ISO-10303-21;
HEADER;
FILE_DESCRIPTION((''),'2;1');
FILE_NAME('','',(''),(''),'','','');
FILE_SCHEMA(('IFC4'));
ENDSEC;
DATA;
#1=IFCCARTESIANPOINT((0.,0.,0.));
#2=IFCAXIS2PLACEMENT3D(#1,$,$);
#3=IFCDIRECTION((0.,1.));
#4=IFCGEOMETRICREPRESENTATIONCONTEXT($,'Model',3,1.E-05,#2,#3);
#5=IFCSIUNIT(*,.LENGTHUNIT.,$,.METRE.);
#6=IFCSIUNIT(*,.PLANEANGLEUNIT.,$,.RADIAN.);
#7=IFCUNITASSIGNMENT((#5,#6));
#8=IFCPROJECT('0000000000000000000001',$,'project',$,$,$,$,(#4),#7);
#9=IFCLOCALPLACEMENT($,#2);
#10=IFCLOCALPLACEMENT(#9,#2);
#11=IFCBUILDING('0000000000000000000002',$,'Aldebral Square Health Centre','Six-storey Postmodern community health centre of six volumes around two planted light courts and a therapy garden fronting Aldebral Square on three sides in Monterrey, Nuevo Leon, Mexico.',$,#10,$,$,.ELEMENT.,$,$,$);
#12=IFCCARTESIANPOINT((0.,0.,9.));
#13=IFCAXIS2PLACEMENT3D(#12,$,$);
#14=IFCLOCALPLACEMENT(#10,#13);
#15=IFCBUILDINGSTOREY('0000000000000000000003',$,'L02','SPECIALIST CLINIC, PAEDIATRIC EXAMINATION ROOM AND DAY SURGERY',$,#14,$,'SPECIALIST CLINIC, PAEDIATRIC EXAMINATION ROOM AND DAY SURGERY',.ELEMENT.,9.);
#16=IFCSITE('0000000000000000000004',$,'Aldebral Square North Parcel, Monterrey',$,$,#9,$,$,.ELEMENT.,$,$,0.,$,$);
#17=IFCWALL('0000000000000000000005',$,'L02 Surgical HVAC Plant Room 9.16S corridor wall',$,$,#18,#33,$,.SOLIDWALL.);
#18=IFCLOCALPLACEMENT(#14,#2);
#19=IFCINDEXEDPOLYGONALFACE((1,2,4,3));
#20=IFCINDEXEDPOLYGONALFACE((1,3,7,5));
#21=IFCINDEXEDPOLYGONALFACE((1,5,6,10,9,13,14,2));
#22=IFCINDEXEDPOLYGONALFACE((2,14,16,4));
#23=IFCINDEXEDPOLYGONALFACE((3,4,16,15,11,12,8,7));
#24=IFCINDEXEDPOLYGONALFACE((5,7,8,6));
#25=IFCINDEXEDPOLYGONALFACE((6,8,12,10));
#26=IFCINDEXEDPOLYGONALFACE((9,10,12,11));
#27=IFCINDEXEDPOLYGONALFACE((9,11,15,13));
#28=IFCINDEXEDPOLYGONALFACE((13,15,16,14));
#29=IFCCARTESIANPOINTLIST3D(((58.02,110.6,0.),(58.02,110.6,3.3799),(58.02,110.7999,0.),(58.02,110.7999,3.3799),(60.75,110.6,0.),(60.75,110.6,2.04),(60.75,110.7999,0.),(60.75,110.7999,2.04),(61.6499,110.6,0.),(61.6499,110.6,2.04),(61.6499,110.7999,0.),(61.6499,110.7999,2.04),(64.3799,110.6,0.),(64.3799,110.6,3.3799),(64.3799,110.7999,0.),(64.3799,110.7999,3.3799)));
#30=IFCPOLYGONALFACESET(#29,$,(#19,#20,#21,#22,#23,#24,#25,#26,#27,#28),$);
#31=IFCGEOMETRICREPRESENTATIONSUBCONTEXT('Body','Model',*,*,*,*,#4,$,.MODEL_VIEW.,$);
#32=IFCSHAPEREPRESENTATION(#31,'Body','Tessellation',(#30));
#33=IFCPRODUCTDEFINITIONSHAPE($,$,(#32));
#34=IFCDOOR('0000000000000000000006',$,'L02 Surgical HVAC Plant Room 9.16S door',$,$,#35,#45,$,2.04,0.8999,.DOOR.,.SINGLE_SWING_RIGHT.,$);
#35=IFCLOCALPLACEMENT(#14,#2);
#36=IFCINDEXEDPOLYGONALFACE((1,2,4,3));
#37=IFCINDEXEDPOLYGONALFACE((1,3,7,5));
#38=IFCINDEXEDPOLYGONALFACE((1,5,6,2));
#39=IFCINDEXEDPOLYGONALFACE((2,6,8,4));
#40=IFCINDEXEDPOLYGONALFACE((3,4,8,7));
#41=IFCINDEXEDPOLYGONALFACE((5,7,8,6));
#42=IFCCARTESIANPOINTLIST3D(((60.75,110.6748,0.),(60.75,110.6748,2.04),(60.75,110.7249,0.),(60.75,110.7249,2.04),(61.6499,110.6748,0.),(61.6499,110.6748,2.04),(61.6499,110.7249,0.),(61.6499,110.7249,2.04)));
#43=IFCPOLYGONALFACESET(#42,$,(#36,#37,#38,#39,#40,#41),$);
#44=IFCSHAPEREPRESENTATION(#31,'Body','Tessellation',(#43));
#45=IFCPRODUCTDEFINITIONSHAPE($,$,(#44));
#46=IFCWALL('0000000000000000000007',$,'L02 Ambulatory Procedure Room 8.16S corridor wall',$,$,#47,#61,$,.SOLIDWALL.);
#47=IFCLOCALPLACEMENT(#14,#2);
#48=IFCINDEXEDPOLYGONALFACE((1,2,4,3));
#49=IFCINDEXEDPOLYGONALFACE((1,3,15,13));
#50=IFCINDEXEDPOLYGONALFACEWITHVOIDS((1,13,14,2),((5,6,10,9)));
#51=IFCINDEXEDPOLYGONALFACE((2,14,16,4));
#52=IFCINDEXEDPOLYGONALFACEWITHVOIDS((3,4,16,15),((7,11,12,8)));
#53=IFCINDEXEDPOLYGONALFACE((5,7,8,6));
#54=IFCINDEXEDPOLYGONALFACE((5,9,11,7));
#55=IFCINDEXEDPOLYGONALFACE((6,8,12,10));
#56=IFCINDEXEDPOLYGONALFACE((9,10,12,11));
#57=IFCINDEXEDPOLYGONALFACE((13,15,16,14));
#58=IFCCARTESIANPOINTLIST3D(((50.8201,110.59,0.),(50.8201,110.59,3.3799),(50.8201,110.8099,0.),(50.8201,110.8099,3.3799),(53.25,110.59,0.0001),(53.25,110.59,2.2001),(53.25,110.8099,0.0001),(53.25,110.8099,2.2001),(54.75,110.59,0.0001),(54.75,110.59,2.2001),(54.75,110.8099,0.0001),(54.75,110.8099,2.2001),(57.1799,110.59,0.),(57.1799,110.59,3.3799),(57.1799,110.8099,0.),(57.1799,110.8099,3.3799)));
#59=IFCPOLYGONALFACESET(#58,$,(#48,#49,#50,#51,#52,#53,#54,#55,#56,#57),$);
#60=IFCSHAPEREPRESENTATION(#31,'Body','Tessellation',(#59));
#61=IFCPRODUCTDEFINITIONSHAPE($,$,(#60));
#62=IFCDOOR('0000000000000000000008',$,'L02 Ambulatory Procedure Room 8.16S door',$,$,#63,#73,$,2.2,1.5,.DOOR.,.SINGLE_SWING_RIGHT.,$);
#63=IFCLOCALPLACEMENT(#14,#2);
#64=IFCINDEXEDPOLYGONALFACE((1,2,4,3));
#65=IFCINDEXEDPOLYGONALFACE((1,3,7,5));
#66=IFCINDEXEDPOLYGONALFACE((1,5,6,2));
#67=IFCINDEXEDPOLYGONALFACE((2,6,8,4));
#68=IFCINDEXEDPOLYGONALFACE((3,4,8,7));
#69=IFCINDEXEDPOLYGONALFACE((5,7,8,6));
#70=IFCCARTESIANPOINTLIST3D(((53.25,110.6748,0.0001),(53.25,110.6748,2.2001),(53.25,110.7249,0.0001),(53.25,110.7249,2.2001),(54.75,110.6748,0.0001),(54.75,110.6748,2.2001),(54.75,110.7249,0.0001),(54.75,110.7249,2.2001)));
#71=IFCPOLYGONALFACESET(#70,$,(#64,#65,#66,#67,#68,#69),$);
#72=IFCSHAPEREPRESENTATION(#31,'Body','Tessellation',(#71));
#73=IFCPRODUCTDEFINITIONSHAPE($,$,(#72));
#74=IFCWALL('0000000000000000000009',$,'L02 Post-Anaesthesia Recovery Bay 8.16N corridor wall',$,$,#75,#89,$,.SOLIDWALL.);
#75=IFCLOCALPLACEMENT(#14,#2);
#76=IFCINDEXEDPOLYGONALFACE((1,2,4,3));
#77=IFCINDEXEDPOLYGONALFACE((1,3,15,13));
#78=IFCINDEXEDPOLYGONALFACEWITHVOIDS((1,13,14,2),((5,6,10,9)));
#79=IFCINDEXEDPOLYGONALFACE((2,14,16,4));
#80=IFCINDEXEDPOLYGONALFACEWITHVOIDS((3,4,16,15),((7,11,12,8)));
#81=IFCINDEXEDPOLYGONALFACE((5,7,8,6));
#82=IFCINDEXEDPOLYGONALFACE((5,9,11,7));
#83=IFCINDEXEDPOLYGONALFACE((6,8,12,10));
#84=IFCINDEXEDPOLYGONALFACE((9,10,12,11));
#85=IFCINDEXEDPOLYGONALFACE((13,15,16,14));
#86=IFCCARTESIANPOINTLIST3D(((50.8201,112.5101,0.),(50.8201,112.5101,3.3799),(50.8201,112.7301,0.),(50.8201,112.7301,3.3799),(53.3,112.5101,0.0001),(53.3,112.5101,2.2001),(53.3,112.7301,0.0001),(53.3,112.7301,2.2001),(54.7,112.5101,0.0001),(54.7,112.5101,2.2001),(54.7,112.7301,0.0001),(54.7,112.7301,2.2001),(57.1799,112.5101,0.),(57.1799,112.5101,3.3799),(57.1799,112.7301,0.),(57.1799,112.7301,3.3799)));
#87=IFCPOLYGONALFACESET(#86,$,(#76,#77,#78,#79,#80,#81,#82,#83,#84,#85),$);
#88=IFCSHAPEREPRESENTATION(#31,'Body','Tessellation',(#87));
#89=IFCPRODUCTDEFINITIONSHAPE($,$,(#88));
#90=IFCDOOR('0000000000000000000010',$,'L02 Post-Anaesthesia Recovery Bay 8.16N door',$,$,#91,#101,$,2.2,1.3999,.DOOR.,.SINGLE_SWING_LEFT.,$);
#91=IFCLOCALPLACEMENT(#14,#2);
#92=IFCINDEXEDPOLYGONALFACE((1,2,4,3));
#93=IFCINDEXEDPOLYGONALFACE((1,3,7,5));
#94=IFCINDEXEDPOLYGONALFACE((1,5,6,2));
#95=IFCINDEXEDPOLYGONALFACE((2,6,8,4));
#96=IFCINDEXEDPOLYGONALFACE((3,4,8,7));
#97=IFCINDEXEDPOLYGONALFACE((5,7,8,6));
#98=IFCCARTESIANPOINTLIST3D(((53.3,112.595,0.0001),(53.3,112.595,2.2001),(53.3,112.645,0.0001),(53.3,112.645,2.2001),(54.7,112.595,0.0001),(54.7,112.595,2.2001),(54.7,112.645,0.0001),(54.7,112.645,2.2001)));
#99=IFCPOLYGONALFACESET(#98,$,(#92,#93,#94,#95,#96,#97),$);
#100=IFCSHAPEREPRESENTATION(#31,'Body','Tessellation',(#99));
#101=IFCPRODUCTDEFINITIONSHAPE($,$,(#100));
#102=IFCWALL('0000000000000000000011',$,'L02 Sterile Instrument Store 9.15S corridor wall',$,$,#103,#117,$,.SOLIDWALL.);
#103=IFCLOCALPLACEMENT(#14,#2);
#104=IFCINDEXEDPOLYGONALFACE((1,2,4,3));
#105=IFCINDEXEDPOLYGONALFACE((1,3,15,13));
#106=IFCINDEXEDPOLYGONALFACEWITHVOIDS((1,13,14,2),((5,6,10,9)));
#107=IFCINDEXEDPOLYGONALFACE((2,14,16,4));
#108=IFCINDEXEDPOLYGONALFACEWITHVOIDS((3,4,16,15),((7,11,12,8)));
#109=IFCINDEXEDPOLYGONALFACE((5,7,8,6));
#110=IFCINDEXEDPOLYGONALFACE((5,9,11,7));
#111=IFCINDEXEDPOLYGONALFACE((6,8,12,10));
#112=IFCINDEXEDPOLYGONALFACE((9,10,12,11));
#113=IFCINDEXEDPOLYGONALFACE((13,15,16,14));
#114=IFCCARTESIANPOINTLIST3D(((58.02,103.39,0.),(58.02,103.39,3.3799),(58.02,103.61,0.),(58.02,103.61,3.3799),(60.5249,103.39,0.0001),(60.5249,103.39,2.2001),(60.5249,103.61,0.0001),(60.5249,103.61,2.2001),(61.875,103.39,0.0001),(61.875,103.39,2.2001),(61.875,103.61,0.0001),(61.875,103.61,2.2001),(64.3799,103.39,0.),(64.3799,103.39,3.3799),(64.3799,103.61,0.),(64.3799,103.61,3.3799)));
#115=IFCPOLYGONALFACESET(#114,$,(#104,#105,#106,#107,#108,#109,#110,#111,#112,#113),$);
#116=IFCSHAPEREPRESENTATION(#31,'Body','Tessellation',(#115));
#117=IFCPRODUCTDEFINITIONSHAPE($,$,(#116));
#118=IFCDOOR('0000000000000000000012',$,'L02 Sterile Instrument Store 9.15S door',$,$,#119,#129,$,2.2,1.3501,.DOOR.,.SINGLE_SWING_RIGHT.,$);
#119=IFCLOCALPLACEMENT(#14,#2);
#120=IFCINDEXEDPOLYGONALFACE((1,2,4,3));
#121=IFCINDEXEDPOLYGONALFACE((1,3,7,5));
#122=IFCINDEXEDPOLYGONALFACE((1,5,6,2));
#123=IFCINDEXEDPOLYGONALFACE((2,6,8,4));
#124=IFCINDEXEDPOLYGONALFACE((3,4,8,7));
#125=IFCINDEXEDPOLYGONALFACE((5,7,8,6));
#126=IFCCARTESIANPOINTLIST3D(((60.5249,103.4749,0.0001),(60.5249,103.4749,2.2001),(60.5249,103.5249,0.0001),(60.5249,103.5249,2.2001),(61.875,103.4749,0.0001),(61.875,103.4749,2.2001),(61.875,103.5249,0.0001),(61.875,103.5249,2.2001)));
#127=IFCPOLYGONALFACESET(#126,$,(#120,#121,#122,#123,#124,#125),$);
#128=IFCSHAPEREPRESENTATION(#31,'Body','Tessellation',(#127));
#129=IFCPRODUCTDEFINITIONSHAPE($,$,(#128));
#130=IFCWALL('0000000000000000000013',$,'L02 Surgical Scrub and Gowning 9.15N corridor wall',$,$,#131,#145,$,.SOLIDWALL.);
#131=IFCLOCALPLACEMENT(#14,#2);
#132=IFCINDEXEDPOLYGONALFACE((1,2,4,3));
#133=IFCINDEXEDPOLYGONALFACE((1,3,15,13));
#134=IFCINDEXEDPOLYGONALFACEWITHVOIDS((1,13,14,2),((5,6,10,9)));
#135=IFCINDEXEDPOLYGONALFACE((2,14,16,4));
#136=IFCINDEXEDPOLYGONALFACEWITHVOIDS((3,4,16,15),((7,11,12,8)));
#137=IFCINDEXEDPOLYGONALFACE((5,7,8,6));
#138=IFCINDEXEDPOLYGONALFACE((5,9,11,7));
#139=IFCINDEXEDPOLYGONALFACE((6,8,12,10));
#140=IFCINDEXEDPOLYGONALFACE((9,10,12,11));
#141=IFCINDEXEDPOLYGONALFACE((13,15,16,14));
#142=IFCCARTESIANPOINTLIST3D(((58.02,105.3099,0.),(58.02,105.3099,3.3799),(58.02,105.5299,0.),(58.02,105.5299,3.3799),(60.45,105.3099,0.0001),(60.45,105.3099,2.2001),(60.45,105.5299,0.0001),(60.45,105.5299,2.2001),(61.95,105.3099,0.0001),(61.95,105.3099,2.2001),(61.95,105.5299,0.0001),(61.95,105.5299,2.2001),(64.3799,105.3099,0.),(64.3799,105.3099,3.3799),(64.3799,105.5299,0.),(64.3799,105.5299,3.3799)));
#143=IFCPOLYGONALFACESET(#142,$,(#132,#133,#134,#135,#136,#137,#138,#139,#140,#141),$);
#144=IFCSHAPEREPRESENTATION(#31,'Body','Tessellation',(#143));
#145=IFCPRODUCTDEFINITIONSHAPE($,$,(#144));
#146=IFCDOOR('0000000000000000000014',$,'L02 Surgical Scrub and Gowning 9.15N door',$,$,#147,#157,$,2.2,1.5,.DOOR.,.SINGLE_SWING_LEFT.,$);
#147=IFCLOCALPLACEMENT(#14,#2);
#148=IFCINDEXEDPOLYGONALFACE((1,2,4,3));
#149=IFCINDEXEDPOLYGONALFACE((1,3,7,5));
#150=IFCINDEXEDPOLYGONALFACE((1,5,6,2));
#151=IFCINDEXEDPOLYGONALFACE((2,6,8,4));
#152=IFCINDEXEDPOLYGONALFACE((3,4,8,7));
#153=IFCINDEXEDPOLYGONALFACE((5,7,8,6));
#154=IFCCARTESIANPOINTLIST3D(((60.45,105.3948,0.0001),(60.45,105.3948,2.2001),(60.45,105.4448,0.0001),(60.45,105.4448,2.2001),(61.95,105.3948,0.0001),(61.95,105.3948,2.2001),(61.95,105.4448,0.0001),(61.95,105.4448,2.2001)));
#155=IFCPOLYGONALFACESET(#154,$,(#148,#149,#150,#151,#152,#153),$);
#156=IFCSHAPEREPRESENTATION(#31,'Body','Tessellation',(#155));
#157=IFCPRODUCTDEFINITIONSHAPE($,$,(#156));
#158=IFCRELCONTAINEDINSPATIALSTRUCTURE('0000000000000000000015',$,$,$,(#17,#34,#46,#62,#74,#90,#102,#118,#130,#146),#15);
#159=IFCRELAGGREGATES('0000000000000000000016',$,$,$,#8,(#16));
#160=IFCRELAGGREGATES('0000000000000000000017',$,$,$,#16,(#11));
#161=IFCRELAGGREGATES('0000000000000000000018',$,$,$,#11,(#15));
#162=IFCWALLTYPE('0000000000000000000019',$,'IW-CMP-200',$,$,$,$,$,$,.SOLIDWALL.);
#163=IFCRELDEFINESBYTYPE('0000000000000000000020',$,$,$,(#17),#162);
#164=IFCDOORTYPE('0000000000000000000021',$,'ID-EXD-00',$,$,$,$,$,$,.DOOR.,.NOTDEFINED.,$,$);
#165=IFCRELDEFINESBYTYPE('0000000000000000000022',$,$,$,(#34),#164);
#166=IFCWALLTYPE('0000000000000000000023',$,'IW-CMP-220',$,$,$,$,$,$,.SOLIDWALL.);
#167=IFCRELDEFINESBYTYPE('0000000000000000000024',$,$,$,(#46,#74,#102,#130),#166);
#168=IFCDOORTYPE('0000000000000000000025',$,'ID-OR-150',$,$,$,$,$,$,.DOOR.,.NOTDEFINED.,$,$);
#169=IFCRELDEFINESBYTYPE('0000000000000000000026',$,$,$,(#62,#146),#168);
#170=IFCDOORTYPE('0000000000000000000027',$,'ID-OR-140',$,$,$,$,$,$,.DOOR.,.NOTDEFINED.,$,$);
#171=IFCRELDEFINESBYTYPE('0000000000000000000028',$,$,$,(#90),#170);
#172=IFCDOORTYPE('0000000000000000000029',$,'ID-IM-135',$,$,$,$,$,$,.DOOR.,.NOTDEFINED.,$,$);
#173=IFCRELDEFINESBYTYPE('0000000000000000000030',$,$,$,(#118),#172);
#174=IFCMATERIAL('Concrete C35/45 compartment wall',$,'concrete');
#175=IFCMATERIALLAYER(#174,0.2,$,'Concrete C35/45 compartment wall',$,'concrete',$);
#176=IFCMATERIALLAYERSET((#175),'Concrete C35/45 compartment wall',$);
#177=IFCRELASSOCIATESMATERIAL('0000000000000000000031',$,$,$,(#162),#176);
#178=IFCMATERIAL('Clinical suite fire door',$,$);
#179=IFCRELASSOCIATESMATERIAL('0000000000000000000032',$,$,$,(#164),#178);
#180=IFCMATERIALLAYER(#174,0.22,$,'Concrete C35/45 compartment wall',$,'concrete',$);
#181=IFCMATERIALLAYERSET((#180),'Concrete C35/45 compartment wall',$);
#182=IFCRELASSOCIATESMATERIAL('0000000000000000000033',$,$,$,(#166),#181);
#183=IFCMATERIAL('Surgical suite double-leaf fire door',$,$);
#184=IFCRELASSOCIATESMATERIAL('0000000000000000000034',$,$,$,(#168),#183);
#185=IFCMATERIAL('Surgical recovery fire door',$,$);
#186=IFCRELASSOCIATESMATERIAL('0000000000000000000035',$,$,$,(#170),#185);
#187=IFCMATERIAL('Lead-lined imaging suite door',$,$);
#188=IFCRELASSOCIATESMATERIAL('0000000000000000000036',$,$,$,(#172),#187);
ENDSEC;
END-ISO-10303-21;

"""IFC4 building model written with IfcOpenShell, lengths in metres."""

from ifc_helpers import new_model, si_unit, direction, frame, frame_2d, origin, place, context, subcontext, project, spatial, rectangle, extrude, material, layer, layer_set, type_object, element, fill, save


model = new_model("IFC4")

# Units and contexts
model_context = context("Model", 3, precision=1e-05, world=origin(), true_north=direction((0.0, 1.0)))
body_context = subcontext(model_context, "Body", "Model", "MODEL_VIEW")
ifc_project = project(units=[si_unit("LENGTHUNIT", "METRE"), si_unit("PLANEANGLEUNIT", "RADIAN")], contexts=[model_context])

# Site, building, storey
site_placement = place(None, origin())
site = spatial("IfcSite", under=ifc_project, at=site_placement, Name="Aldebral Square North Parcel, Monterrey", CompositionType="ELEMENT", RefElevation=0.0)
building_placement = place(site_placement, origin())
building = spatial("IfcBuilding", under=site, at=building_placement, Name="Aldebral Square Health Centre", Description="Six-storey Postmodern community health centre of six volumes around two planted light courts and a therapy garden fronting Aldebral Square on three sides in Monterrey, Nuevo Leon, Mexico.", CompositionType="ELEMENT")
storey_placement = place(building_placement, frame((0.0, 0.0, 9.0)))
storey = spatial("IfcBuildingStorey", under=building, at=storey_placement, Name="L02", Description="SPECIALIST CLINIC, PAEDIATRIC EXAMINATION ROOM AND DAY SURGERY", LongName="SPECIALIST CLINIC, PAEDIATRIC EXAMINATION ROOM AND DAY SURGERY", CompositionType="ELEMENT", Elevation=9.0)

# Walls, openings, doors
ifc_material_1 = material(Name="Concrete C35/45 compartment wall", Category="concrete")
ifc_layer_1 = layer(ifc_material_1, 0.2, Name="Concrete C35/45 compartment wall", Category="concrete")
ifc_layer_set_1 = layer_set([ifc_layer_1], Name="Concrete C35/45 compartment wall")
wall_type_1 = type_object("IfcWallType", Name="IW-CMP-200", PredefinedType="SOLIDWALL", material=ifc_layer_set_1)
wall_1_placement = place(storey_placement, frame((58.02, 110.7, 0.0), z_axis=(0.0, 0.0, 1.0), x_axis=(1.0, 0.0, 0.0)))
wall_1 = element("IfcWall", 1, at=wall_1_placement, inside=storey, type_object=wall_type_1, Name="L02 Surgical HVAC Plant Room 9.16S corridor wall", PredefinedType="SOLIDWALL", context=body_context, shape_type="SweptSolid", body=[
    extrude(rectangle(XDim=6.3599, YDim=0.2, at=frame_2d((3.1799, 0.0))), origin(), (0.0, 0.0, 1.0), 3.3799),
])
opening_1_placement = place(wall_1_placement, frame((2.73, 0.0, 0.0)))
opening_1 = element("IfcOpeningElement", 2, at=opening_1_placement, cuts=wall_1, PredefinedType="OPENING", context=body_context, shape_type="SweptSolid", body=[
    extrude(rectangle(XDim=0.8999, YDim=2.04, at=frame_2d((0.45, 1.02))), frame((0.0, 0.1099, 0.0), z_axis=(0.0, -1.0, 0.0), x_axis=(1.0, 0.0, 0.0)), (0.0, 0.0, 1.0), 0.22),
])
ifc_material_2 = material(Name="Clinical suite fire door")
door_type_1 = type_object("IfcDoorType", Name="ID-EXD-00", OperationType="NOTDEFINED", PredefinedType="DOOR", material=ifc_material_2)
door_1_placement = place(opening_1_placement, origin())
door_1 = element("IfcDoor", 3, at=door_1_placement, inside=storey, type_object=door_type_1, Name="L02 Surgical HVAC Plant Room 9.16S door", OperationType="SINGLE_SWING_RIGHT", OverallHeight=2.04, OverallWidth=0.8999, PredefinedType="DOOR", context=body_context, shape_type="SweptSolid", body=[
    extrude(rectangle(XDim=0.8999, YDim=2.04, at=frame_2d((0.45, 1.02))), frame((0.0, 0.0249, 0.0), z_axis=(0.0, -1.0, 0.0), x_axis=(1.0, 0.0, 0.0)), (0.0, 0.0, 1.0), 0.05),
])
fill(opening_1, door_1)
ifc_layer_2 = layer(ifc_material_1, 0.22, Name="Concrete C35/45 compartment wall", Category="concrete")
ifc_layer_set_2 = layer_set([ifc_layer_2], Name="Concrete C35/45 compartment wall")
wall_type_2 = type_object("IfcWallType", Name="IW-CMP-220", PredefinedType="SOLIDWALL", material=ifc_layer_set_2)
wall_2_placement = place(storey_placement, frame((50.8201, 110.7, 0.0), z_axis=(0.0, 0.0, 1.0), x_axis=(1.0, 0.0, 0.0)))
wall_2 = element("IfcWall", 4, at=wall_2_placement, inside=storey, type_object=wall_type_2, Name="L02 Ambulatory Procedure Room 8.16S corridor wall", PredefinedType="SOLIDWALL", context=body_context, shape_type="SweptSolid", body=[
    extrude(rectangle(XDim=6.3599, YDim=0.22, at=frame_2d((3.1799, 0.0))), origin(), (0.0, 0.0, 1.0), 3.3799),
])
opening_2_placement = place(wall_2_placement, frame((2.4299, 0.0, 0.0)))
opening_2 = element("IfcOpeningElement", 5, at=opening_2_placement, cuts=wall_2, PredefinedType="OPENING", context=body_context, shape_type="SweptSolid", body=[
    extrude(rectangle(XDim=1.5, YDim=2.2, at=frame_2d((0.75, 1.1001))), frame((0.0, 0.1201, 0.0), z_axis=(0.0, -1.0, 0.0), x_axis=(1.0, 0.0, 0.0)), (0.0, 0.0, 1.0), 0.24),
])
ifc_material_3 = material(Name="Surgical suite double-leaf fire door")
door_type_2 = type_object("IfcDoorType", Name="ID-OR-150", OperationType="NOTDEFINED", PredefinedType="DOOR", material=ifc_material_3)
door_2_placement = place(opening_2_placement, origin())
door_2 = element("IfcDoor", 6, at=door_2_placement, inside=storey, type_object=door_type_2, Name="L02 Ambulatory Procedure Room 8.16S door", OperationType="SINGLE_SWING_RIGHT", OverallHeight=2.2, OverallWidth=1.5, PredefinedType="DOOR", context=body_context, shape_type="SweptSolid", body=[
    extrude(rectangle(XDim=1.5, YDim=2.2, at=frame_2d((0.75, 1.1001))), frame((0.0, 0.0249, 0.0), z_axis=(0.0, -1.0, 0.0), x_axis=(1.0, 0.0, 0.0)), (0.0, 0.0, 1.0), 0.05),
])
fill(opening_2, door_2)
wall_3_placement = place(storey_placement, frame((50.8201, 112.6201, 0.0), z_axis=(0.0, 0.0, 1.0), x_axis=(1.0, 0.0, 0.0)))
wall_3 = element("IfcWall", 7, at=wall_3_placement, inside=storey, type_object=wall_type_2, Name="L02 Post-Anaesthesia Recovery Bay 8.16N corridor wall", PredefinedType="SOLIDWALL", context=body_context, shape_type="SweptSolid", body=[
    extrude(rectangle(XDim=6.3599, YDim=0.22, at=frame_2d((3.1799, 0.0))), origin(), (0.0, 0.0, 1.0), 3.3799),
])
opening_3_placement = place(wall_3_placement, frame((2.48, 0.0, 0.0)))
opening_3 = element("IfcOpeningElement", 8, at=opening_3_placement, cuts=wall_3, PredefinedType="OPENING", context=body_context, shape_type="SweptSolid", body=[
    extrude(rectangle(XDim=1.3999, YDim=2.2, at=frame_2d((0.7, 1.1001))), frame((0.0, 0.1201, 0.0), z_axis=(0.0, -1.0, 0.0), x_axis=(1.0, 0.0, 0.0)), (0.0, 0.0, 1.0), 0.24),
])
ifc_material_4 = material(Name="Surgical recovery fire door")
door_type_3 = type_object("IfcDoorType", Name="ID-OR-140", OperationType="NOTDEFINED", PredefinedType="DOOR", material=ifc_material_4)
door_3_placement = place(opening_3_placement, origin())
door_3 = element("IfcDoor", 9, at=door_3_placement, inside=storey, type_object=door_type_3, Name="L02 Post-Anaesthesia Recovery Bay 8.16N door", OperationType="SINGLE_SWING_LEFT", OverallHeight=2.2, OverallWidth=1.3999, PredefinedType="DOOR", context=body_context, shape_type="SweptSolid", body=[
    extrude(rectangle(XDim=1.3999, YDim=2.2, at=frame_2d((0.7, 1.1001))), frame((0.0, 0.0249, 0.0), z_axis=(0.0, -1.0, 0.0), x_axis=(1.0, 0.0, 0.0)), (0.0, 0.0, 1.0), 0.05),
])
fill(opening_3, door_3)
wall_4_placement = place(storey_placement, frame((58.02, 103.5, 0.0), z_axis=(0.0, 0.0, 1.0), x_axis=(1.0, 0.0, 0.0)))
wall_4 = element("IfcWall", 10, at=wall_4_placement, inside=storey, type_object=wall_type_2, Name="L02 Sterile Instrument Store 9.15S corridor wall", PredefinedType="SOLIDWALL", context=body_context, shape_type="SweptSolid", body=[
    extrude(rectangle(XDim=6.3599, YDim=0.22, at=frame_2d((3.1799, 0.0))), origin(), (0.0, 0.0, 1.0), 3.3799),
])
opening_4_placement = place(wall_4_placement, frame((2.5049, 0.0, 0.0)))
opening_4 = element("IfcOpeningElement", 11, at=opening_4_placement, cuts=wall_4, PredefinedType="OPENING", context=body_context, shape_type="SweptSolid", body=[
    extrude(rectangle(XDim=1.3501, YDim=2.2, at=frame_2d((0.675, 1.1001))), frame((0.0, 0.1201, 0.0), z_axis=(0.0, -1.0, 0.0), x_axis=(1.0, 0.0, 0.0)), (0.0, 0.0, 1.0), 0.24),
])
ifc_material_5 = material(Name="Lead-lined imaging suite door")
door_type_4 = type_object("IfcDoorType", Name="ID-IM-135", OperationType="NOTDEFINED", PredefinedType="DOOR", material=ifc_material_5)
door_4_placement = place(opening_4_placement, origin())
door_4 = element("IfcDoor", 12, at=door_4_placement, inside=storey, type_object=door_type_4, Name="L02 Sterile Instrument Store 9.15S door", OperationType="SINGLE_SWING_RIGHT", OverallHeight=2.2, OverallWidth=1.3501, PredefinedType="DOOR", context=body_context, shape_type="SweptSolid", body=[
    extrude(rectangle(XDim=1.3501, YDim=2.2, at=frame_2d((0.675, 1.1001))), frame((0.0, 0.0249, 0.0), z_axis=(0.0, -1.0, 0.0), x_axis=(1.0, 0.0, 0.0)), (0.0, 0.0, 1.0), 0.05),
])
fill(opening_4, door_4)
wall_5_placement = place(storey_placement, frame((58.02, 105.4199, 0.0), z_axis=(0.0, 0.0, 1.0), x_axis=(1.0, 0.0, 0.0)))
wall_5 = element("IfcWall", 13, at=wall_5_placement, inside=storey, type_object=wall_type_2, Name="L02 Surgical Scrub and Gowning 9.15N corridor wall", PredefinedType="SOLIDWALL", context=body_context, shape_type="SweptSolid", body=[
    extrude(rectangle(XDim=6.3599, YDim=0.22, at=frame_2d((3.1799, 0.0))), origin(), (0.0, 0.0, 1.0), 3.3799),
])
opening_5_placement = place(wall_5_placement, frame((2.4299, 0.0, 0.0)))
opening_5 = element("IfcOpeningElement", 14, at=opening_5_placement, cuts=wall_5, PredefinedType="OPENING", context=body_context, shape_type="SweptSolid", body=[
    extrude(rectangle(XDim=1.5, YDim=2.2, at=frame_2d((0.75, 1.1001))), frame((0.0, 0.1201, 0.0), z_axis=(0.0, -1.0, 0.0), x_axis=(1.0, 0.0, 0.0)), (0.0, 0.0, 1.0), 0.24),
])
door_5_placement = place(opening_5_placement, origin())
door_5 = element("IfcDoor", 15, at=door_5_placement, inside=storey, type_object=door_type_2, Name="L02 Surgical Scrub and Gowning 9.15N door", OperationType="SINGLE_SWING_LEFT", OverallHeight=2.2, OverallWidth=1.5, PredefinedType="DOOR", context=body_context, shape_type="SweptSolid", body=[
    extrude(rectangle(XDim=1.5, YDim=2.2, at=frame_2d((0.75, 1.1001))), frame((0.0, 0.0249, 0.0), z_axis=(0.0, -1.0, 0.0), x_axis=(1.0, 0.0, 0.0)), (0.0, 0.0, 1.0), 0.05),
])
fill(opening_5, door_5)

save(model, "model.ifc")
